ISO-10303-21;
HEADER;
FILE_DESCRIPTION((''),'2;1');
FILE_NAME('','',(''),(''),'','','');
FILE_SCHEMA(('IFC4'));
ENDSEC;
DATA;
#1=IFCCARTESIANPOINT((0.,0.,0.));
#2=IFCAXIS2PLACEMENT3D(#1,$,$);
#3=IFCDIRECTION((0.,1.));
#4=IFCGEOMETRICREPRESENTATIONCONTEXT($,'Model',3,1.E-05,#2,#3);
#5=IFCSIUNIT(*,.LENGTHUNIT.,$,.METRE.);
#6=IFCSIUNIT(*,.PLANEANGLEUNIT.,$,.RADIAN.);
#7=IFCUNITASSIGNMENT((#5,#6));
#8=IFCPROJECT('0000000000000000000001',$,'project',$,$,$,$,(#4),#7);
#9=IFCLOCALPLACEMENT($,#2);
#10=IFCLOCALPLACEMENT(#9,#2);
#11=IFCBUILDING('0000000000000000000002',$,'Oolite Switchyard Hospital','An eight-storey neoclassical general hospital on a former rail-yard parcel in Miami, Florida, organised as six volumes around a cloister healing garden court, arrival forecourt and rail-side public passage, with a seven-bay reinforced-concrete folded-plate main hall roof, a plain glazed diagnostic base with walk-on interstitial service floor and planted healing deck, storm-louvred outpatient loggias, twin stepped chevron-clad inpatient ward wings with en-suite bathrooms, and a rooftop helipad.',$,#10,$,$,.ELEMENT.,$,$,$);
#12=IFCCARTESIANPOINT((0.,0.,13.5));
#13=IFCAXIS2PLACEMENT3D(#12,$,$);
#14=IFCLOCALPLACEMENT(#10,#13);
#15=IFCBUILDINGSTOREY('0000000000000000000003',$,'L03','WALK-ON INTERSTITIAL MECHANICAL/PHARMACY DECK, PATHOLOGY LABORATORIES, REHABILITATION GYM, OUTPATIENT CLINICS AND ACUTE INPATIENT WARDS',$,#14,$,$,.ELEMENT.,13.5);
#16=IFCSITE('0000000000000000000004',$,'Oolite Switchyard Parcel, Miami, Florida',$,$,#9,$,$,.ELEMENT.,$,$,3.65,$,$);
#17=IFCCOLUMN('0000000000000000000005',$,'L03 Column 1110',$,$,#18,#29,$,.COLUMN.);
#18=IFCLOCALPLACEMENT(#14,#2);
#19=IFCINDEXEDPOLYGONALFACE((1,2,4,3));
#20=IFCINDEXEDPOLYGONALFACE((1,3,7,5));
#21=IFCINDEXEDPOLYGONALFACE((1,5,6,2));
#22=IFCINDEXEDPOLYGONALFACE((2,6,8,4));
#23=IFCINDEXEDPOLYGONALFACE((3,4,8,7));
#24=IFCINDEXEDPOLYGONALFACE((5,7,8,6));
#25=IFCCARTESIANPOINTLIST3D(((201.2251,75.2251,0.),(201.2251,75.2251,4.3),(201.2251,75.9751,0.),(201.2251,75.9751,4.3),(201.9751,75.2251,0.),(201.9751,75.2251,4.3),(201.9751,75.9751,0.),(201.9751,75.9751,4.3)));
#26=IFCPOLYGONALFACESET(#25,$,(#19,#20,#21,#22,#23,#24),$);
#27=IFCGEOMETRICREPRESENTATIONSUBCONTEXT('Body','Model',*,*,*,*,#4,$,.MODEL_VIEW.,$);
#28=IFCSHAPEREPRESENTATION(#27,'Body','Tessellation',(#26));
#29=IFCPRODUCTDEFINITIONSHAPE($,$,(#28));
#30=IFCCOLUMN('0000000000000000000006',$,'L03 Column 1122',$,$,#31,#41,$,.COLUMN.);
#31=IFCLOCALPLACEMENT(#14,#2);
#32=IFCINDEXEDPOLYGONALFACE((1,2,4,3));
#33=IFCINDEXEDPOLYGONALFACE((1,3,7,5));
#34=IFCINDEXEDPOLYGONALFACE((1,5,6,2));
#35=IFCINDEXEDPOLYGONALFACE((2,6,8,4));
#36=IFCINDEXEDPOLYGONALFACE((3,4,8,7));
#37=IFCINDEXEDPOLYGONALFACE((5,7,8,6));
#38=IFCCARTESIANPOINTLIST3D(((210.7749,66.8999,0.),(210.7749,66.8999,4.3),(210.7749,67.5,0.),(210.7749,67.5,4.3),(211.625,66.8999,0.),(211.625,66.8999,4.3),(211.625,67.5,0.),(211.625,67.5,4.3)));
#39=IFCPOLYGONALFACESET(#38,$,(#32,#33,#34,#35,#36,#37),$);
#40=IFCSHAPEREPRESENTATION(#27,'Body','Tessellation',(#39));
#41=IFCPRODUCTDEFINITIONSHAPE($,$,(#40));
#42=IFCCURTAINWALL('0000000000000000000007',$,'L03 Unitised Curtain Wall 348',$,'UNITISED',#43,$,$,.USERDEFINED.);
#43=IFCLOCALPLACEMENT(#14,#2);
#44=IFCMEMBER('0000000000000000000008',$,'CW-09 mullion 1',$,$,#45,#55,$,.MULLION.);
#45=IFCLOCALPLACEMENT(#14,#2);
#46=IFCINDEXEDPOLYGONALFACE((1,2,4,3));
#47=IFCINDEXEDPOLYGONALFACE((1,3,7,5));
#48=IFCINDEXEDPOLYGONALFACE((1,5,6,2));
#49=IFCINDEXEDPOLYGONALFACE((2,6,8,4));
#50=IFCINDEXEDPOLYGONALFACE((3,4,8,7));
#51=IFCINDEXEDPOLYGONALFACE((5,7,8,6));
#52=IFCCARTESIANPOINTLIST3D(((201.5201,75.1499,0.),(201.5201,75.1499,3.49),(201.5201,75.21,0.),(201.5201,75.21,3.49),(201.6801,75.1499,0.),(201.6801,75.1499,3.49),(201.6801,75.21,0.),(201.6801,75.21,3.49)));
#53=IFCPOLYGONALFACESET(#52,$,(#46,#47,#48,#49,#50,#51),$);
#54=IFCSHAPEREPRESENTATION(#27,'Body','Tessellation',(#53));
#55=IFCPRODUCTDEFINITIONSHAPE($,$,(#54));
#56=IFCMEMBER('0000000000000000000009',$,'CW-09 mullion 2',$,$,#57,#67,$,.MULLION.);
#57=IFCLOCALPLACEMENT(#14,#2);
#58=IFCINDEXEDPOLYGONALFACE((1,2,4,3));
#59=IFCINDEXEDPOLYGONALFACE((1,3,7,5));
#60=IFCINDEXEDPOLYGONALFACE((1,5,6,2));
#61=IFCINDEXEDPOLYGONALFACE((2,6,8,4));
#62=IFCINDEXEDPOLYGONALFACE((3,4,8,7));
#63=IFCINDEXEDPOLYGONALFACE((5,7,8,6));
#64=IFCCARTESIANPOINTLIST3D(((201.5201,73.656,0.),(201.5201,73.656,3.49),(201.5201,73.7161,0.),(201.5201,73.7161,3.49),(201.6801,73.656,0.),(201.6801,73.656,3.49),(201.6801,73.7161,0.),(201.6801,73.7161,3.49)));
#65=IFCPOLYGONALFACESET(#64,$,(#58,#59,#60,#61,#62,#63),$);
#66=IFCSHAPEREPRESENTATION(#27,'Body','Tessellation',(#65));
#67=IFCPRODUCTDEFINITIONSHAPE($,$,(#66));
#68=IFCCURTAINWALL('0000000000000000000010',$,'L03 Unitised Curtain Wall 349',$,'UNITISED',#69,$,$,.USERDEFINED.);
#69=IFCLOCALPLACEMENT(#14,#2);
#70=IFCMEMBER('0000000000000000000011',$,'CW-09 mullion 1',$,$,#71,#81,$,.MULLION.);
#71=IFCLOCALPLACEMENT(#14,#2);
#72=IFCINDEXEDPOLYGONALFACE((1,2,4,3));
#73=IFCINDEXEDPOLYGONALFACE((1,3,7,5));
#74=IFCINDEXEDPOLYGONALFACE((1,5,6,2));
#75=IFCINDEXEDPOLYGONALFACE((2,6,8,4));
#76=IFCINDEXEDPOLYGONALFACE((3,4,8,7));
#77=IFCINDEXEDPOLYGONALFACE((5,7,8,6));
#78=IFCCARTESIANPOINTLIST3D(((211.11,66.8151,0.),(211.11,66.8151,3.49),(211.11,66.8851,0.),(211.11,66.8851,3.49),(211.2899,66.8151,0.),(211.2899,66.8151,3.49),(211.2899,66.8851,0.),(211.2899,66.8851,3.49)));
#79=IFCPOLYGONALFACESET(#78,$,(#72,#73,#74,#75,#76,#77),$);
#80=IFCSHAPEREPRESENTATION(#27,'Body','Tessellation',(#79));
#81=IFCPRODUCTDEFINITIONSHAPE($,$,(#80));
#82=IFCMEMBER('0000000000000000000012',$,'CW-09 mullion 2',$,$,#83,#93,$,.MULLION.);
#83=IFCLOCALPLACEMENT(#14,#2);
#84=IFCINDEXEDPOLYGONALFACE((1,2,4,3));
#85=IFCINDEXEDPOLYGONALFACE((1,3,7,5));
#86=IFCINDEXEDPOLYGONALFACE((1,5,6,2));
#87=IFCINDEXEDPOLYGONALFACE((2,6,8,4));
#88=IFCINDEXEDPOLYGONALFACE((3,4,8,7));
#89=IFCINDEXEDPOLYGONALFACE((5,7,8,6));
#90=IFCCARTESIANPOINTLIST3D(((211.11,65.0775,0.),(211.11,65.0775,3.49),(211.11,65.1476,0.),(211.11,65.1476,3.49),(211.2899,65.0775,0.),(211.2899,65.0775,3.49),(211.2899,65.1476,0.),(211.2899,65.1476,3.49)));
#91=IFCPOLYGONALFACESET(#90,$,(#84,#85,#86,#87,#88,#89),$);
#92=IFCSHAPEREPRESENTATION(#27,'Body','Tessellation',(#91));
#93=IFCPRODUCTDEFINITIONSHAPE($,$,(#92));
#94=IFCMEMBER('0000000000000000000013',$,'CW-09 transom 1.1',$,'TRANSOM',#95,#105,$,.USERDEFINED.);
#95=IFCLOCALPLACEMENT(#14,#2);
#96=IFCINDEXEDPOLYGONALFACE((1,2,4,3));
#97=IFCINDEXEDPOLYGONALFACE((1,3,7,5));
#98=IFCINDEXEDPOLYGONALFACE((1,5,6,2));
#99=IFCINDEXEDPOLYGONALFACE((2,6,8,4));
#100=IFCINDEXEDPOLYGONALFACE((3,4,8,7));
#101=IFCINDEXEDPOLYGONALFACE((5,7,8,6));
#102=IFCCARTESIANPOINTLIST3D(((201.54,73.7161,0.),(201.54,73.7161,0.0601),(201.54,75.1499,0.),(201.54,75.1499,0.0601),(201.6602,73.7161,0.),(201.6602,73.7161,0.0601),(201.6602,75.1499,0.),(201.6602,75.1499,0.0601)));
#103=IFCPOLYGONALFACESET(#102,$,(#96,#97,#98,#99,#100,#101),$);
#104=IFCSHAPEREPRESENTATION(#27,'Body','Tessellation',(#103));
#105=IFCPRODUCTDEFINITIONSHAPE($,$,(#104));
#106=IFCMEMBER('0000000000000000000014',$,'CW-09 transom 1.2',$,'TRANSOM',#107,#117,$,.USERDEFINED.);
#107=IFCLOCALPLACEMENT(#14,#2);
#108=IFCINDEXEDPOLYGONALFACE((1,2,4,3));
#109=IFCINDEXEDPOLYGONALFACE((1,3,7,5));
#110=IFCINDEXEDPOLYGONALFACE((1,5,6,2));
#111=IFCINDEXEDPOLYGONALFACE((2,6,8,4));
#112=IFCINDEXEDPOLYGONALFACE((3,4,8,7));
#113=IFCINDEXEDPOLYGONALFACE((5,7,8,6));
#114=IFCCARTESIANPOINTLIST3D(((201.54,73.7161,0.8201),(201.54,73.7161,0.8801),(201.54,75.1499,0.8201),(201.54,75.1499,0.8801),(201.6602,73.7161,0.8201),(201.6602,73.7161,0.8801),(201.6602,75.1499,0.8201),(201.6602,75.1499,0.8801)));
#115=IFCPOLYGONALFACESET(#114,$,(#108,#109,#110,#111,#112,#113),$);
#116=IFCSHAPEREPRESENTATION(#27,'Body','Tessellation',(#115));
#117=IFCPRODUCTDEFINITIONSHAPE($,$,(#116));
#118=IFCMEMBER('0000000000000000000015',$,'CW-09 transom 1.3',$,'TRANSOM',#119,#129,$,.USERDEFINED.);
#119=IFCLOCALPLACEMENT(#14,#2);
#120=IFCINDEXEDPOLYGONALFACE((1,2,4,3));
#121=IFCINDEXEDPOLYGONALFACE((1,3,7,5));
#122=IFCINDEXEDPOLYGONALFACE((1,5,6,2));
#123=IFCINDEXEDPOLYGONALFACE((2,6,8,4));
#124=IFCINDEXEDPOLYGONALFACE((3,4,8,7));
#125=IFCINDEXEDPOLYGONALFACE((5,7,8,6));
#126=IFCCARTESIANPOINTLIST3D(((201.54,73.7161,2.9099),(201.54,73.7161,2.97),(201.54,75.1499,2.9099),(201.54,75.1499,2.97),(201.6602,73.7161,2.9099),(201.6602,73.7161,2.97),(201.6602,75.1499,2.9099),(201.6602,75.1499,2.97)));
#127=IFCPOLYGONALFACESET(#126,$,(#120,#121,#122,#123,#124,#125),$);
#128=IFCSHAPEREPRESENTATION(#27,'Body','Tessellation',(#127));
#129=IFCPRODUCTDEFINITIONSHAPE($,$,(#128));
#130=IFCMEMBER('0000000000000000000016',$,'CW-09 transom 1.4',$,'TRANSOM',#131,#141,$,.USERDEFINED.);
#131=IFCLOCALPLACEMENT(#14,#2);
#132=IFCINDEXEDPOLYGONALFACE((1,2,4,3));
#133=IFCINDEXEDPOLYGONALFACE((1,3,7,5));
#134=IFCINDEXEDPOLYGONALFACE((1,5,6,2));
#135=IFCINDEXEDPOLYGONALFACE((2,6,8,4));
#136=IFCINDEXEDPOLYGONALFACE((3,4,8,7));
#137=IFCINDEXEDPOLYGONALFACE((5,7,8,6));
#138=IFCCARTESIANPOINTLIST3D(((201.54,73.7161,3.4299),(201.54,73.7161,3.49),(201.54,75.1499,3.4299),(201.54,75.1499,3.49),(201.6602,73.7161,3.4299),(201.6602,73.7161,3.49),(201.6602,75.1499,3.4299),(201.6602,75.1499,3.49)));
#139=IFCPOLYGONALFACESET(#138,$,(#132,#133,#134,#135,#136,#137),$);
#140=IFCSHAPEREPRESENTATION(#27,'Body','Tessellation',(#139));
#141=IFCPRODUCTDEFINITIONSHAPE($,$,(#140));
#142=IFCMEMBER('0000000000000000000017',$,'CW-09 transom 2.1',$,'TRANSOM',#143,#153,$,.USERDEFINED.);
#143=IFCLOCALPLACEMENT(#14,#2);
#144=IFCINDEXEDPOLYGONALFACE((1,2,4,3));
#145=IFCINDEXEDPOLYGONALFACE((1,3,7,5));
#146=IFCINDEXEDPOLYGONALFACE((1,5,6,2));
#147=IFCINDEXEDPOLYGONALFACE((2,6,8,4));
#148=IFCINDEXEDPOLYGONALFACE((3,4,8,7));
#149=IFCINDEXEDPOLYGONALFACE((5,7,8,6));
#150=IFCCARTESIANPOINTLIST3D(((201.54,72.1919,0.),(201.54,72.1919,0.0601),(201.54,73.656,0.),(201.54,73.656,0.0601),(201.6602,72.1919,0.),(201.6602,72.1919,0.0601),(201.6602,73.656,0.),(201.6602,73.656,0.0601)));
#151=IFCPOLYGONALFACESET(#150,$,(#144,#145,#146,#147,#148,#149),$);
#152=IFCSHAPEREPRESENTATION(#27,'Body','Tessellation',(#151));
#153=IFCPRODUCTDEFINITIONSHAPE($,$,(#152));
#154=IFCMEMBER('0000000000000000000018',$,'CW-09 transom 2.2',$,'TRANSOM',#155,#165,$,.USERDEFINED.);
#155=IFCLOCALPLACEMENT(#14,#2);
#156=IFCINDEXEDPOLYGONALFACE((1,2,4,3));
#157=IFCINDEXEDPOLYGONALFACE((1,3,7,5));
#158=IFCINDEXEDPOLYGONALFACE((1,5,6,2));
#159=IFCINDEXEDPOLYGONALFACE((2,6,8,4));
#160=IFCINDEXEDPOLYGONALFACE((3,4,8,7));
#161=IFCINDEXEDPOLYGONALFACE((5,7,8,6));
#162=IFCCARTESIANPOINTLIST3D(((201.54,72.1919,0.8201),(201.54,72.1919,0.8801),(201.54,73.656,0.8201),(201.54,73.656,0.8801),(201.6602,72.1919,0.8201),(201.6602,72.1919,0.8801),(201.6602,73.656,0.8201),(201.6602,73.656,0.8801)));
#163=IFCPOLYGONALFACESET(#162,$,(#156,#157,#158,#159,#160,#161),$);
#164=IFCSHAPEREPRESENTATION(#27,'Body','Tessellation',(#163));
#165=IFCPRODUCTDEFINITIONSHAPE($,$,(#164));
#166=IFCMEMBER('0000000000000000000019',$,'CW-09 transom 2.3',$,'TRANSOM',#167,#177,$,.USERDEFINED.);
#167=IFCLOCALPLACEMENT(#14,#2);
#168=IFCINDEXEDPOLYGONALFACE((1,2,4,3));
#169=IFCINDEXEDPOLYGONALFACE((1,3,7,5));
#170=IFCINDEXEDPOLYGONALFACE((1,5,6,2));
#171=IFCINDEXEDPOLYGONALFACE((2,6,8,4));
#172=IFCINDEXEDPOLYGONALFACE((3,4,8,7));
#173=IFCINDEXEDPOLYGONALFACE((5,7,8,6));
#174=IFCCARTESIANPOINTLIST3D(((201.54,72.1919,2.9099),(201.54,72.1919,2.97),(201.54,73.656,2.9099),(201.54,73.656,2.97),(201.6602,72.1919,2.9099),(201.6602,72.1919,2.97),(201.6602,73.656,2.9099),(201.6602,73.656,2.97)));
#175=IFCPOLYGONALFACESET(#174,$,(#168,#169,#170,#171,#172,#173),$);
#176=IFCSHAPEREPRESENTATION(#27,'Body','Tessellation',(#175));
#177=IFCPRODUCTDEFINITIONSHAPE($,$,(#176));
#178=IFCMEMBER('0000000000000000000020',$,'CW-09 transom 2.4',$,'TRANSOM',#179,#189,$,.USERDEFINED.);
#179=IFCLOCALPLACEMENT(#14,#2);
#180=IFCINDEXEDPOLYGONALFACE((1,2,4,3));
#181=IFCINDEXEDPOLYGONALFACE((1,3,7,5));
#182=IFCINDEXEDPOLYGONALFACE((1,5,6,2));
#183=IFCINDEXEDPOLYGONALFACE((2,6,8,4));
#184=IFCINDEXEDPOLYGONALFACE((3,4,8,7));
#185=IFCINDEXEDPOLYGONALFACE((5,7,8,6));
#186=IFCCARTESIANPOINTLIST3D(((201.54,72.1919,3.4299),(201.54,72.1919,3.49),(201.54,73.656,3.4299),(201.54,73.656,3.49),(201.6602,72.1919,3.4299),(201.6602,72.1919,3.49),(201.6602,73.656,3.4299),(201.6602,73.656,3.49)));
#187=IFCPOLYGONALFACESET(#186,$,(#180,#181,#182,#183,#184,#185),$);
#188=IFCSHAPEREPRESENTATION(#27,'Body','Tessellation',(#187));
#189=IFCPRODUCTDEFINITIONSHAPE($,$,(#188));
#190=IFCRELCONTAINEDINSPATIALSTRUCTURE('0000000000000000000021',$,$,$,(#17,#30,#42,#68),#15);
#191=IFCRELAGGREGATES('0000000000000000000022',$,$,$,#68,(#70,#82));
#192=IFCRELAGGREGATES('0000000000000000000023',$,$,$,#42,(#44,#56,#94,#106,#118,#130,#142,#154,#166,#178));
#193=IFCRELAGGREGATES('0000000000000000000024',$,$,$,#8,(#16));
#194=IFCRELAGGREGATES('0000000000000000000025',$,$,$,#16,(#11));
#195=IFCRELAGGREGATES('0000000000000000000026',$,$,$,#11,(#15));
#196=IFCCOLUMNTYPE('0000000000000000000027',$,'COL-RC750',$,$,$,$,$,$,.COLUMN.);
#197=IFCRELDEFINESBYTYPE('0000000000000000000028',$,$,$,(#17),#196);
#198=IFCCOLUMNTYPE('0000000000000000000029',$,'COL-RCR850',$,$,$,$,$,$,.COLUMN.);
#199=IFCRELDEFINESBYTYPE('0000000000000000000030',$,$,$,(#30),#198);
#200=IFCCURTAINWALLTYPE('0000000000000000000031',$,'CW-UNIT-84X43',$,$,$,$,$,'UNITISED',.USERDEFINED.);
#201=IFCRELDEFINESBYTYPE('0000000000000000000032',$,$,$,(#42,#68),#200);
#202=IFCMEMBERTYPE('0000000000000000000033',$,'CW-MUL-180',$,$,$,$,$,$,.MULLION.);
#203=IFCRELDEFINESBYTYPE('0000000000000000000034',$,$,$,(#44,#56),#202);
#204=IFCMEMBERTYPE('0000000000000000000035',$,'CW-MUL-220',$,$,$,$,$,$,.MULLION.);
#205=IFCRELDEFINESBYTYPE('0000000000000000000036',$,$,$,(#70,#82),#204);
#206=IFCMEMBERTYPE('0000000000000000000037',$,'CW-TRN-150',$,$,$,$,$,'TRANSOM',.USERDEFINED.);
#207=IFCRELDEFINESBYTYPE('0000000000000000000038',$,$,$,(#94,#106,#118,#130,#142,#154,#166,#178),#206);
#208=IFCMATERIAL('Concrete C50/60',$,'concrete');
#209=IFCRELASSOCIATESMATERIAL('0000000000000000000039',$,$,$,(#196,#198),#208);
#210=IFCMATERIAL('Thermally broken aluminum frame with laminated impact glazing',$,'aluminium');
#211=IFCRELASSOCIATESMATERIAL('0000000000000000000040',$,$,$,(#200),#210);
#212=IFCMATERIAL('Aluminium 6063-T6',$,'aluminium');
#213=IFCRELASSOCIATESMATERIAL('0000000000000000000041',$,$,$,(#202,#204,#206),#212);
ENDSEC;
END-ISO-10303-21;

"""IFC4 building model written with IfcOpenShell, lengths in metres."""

from ifc_helpers import new_model, si_unit, direction, frame, origin, origin_2d, place, context, subcontext, project, spatial, rectangle, extrude, material, material_profile, profile_set, type_object, element, aggregate, save


model = new_model("IFC4")

# Units and contexts
model_context = context("Model", 3, precision=1e-05, world=origin(), true_north=direction((0.0, 1.0)))
body_context = subcontext(model_context, "Body", "Model", "MODEL_VIEW")
ifc_project = project(units=[si_unit("LENGTHUNIT", "METRE"), si_unit("PLANEANGLEUNIT", "RADIAN")], contexts=[model_context])

# Site, building, storey
site_placement = place(None, origin())
site = spatial("IfcSite", under=ifc_project, at=site_placement, Name="Oolite Switchyard Parcel, Miami, Florida", CompositionType="ELEMENT", RefElevation=3.65)
building_placement = place(site_placement, origin())
building = spatial("IfcBuilding", under=site, at=building_placement, Name="Oolite Switchyard Hospital", Description="An eight-storey neoclassical general hospital on a former rail-yard parcel in Miami, Florida, organised as six volumes around a cloister healing garden court, arrival forecourt and rail-side public passage, with a seven-bay reinforced-concrete folded-plate main hall roof, a plain glazed diagnostic base with walk-on interstitial service floor and planted healing deck, storm-louvred outpatient loggias, twin stepped chevron-clad inpatient ward wings with en-suite bathrooms, and a rooftop helipad.", CompositionType="ELEMENT")
storey_placement = place(building_placement, frame((0.0, 0.0, 13.5)))
storey = spatial("IfcBuildingStorey", under=building, at=storey_placement, Name="L03", Description="WALK-ON INTERSTITIAL MECHANICAL/PHARMACY DECK, PATHOLOGY LABORATORIES, REHABILITATION GYM, OUTPATIENT CLINICS AND ACUTE INPATIENT WARDS", CompositionType="ELEMENT", Elevation=13.5)

# Columns
ifc_material_1 = material(Name="Concrete C50/60", Category="concrete")
ifc_material_profile_1 = material_profile(ifc_material_1, rectangle(XDim=0.75, YDim=0.75, at=origin_2d()), Name="RC750X750")
ifc_profile_set_1 = profile_set([ifc_material_profile_1], Name="Concrete C50/60")
column_type_1 = type_object("IfcColumnType", Name="COL-RC750", PredefinedType="COLUMN", material=ifc_profile_set_1)
column_1_placement = place(storey_placement, frame((201.6001, 75.6001, 0.0), z_axis=(0.0, 0.0, 1.0), x_axis=(1.0, 0.0, 0.0)))
element("IfcColumn", 1, at=column_1_placement, inside=storey, type_object=column_type_1, Name="L03 Column 1110", PredefinedType="COLUMN", context=body_context, shape_type="SweptSolid", body=[
    extrude(rectangle(XDim=0.75, YDim=0.75, at=origin_2d()), origin(), (0.0, 0.0, 1.0), 4.3),
])
ifc_material_profile_2 = material_profile(ifc_material_1, rectangle(XDim=0.8501, YDim=0.6001, at=origin_2d()), Name="RC850X600")
ifc_profile_set_2 = profile_set([ifc_material_profile_2], Name="Concrete C50/60")
column_type_2 = type_object("IfcColumnType", Name="COL-RCR850", PredefinedType="COLUMN", material=ifc_profile_set_2)
column_2_placement = place(storey_placement, frame((211.2, 67.2, 0.0), z_axis=(0.0, 0.0, 1.0), x_axis=(1.0, 0.0, 0.0)))
element("IfcColumn", 2, at=column_2_placement, inside=storey, type_object=column_type_2, Name="L03 Column 1122", PredefinedType="COLUMN", context=body_context, shape_type="SweptSolid", body=[
    extrude(rectangle(XDim=0.8501, YDim=0.6001, at=origin_2d()), origin(), (0.0, 0.0, 1.0), 4.3),
])

# Curtain walls, members
ifc_material_2 = material(Name="Thermally broken aluminum frame with laminated impact glazing", Category="aluminium")
curtain_wall_type = type_object("IfcCurtainWallType", Name="CW-UNIT-84X43", ElementType="UNITISED", PredefinedType="USERDEFINED", material=ifc_material_2)
curtain_wall_1_placement = place(storey_placement, origin())
curtain_wall_1 = element("IfcCurtainWall", 3, at=curtain_wall_1_placement, inside=storey, type_object=curtain_wall_type, Name="L03 Unitised Curtain Wall 348", ObjectType="UNITISED", PredefinedType="USERDEFINED")
ifc_material_3 = material(Name="Aluminium 6063-T6", Category="aluminium")
ifc_material_profile_3 = material_profile(ifc_material_3, rectangle(XDim=0.1599, YDim=0.0601, at=origin_2d()), Name="CWM60X160")
ifc_profile_set_3 = profile_set([ifc_material_profile_3], Name="Aluminium 6063-T6")
member_type_1 = type_object("IfcMemberType", Name="CW-MUL-180", PredefinedType="MULLION", material=ifc_profile_set_3)
member_1_placement = place(storey_placement, frame((201.6001, 75.1799, 0.0), z_axis=(0.0, 0.0, 1.0), x_axis=(1.0, 0.0, 0.0)))
member_1 = element("IfcMember", 4, at=member_1_placement, type_object=member_type_1, Name="CW-09 mullion 1", PredefinedType="MULLION", context=body_context, shape_type="SweptSolid", body=[
    extrude(rectangle(XDim=0.1599, YDim=0.0601, at=origin_2d()), origin(), (0.0, 0.0, 1.0), 3.49),
])
member_2_placement = place(storey_placement, frame((201.6001, 73.686, 0.0), z_axis=(0.0, 0.0, 1.0), x_axis=(1.0, 0.0, 0.0)))
member_2 = element("IfcMember", 5, at=member_2_placement, type_object=member_type_1, Name="CW-09 mullion 2", PredefinedType="MULLION", context=body_context, shape_type="SweptSolid", body=[
    extrude(rectangle(XDim=0.1599, YDim=0.0601, at=origin_2d()), origin(), (0.0, 0.0, 1.0), 3.49),
])
curtain_wall_2_placement = place(storey_placement, origin())
curtain_wall_2 = element("IfcCurtainWall", 6, at=curtain_wall_2_placement, inside=storey, type_object=curtain_wall_type, Name="L03 Unitised Curtain Wall 349", ObjectType="UNITISED", PredefinedType="USERDEFINED")
ifc_material_profile_4 = material_profile(ifc_material_3, rectangle(XDim=0.1799, YDim=0.0701, at=origin_2d()), Name="CWM70X180")
ifc_profile_set_4 = profile_set([ifc_material_profile_4], Name="Aluminium 6063-T6")
member_type_2 = type_object("IfcMemberType", Name="CW-MUL-220", PredefinedType="MULLION", material=ifc_profile_set_4)
member_3_placement = place(storey_placement, frame((211.2, 66.8501, 0.0), z_axis=(0.0, 0.0, 1.0), x_axis=(1.0, 0.0, 0.0)))
member_3 = element("IfcMember", 7, at=member_3_placement, type_object=member_type_2, Name="CW-09 mullion 1", PredefinedType="MULLION", context=body_context, shape_type="SweptSolid", body=[
    extrude(rectangle(XDim=0.1799, YDim=0.0701, at=origin_2d()), origin(), (0.0, 0.0, 1.0), 3.49),
])
member_4_placement = place(storey_placement, frame((211.2, 65.1125, 0.0), z_axis=(0.0, 0.0, 1.0), x_axis=(1.0, 0.0, 0.0)))
member_4 = element("IfcMember", 8, at=member_4_placement, type_object=member_type_2, Name="CW-09 mullion 2", PredefinedType="MULLION", context=body_context, shape_type="SweptSolid", body=[
    extrude(rectangle(XDim=0.1799, YDim=0.0701, at=origin_2d()), origin(), (0.0, 0.0, 1.0), 3.49),
])

# Members
ifc_material_profile_5 = material_profile(ifc_material_3, rectangle(XDim=0.1201, YDim=0.0601, at=origin_2d()), Name="CWT60X120")
ifc_profile_set_5 = profile_set([ifc_material_profile_5], Name="Aluminium 6063-T6")
member_type_3 = type_object("IfcMemberType", Name="CW-TRN-150", ElementType="TRANSOM", PredefinedType="USERDEFINED", material=ifc_profile_set_5)
member_5_placement = place(storey_placement, frame((201.6001, 75.1499, 0.03), z_axis=(0.0, -1.0, 0.0), x_axis=(1.0, 0.0, 0.0)))
member_5 = element("IfcMember", 9, at=member_5_placement, type_object=member_type_3, Name="CW-09 transom 1.1", ObjectType="TRANSOM", PredefinedType="USERDEFINED", context=body_context, shape_type="SweptSolid", body=[
    extrude(rectangle(XDim=0.1201, YDim=0.0601, at=origin_2d()), origin(), (0.0, 0.0, 1.0), 1.4338),
])
member_6_placement = place(storey_placement, frame((201.6001, 75.1499, 0.8501), z_axis=(0.0, -1.0, 0.0), x_axis=(1.0, 0.0, 0.0)))
member_6 = element("IfcMember", 10, at=member_6_placement, type_object=member_type_3, Name="CW-09 transom 1.2", ObjectType="TRANSOM", PredefinedType="USERDEFINED", context=body_context, shape_type="SweptSolid", body=[
    extrude(rectangle(XDim=0.1201, YDim=0.0601, at=origin_2d()), origin(), (0.0, 0.0, 1.0), 1.4338),
])
member_7_placement = place(storey_placement, frame((201.6001, 75.1499, 2.9399), z_axis=(0.0, -1.0, 0.0), x_axis=(1.0, 0.0, 0.0)))
member_7 = element("IfcMember", 11, at=member_7_placement, type_object=member_type_3, Name="CW-09 transom 1.3", ObjectType="TRANSOM", PredefinedType="USERDEFINED", context=body_context, shape_type="SweptSolid", body=[
    extrude(rectangle(XDim=0.1201, YDim=0.0601, at=origin_2d()), origin(), (0.0, 0.0, 1.0), 1.4338),
])
member_8_placement = place(storey_placement, frame((201.6001, 75.1499, 3.46), z_axis=(0.0, -1.0, 0.0), x_axis=(1.0, 0.0, 0.0)))
member_8 = element("IfcMember", 12, at=member_8_placement, type_object=member_type_3, Name="CW-09 transom 1.4", ObjectType="TRANSOM", PredefinedType="USERDEFINED", context=body_context, shape_type="SweptSolid", body=[
    extrude(rectangle(XDim=0.1201, YDim=0.0601, at=origin_2d()), origin(), (0.0, 0.0, 1.0), 1.4338),
])
member_9_placement = place(storey_placement, frame((201.6001, 73.656, 0.03), z_axis=(0.0, -1.0, 0.0), x_axis=(1.0, 0.0, 0.0)))
member_9 = element("IfcMember", 13, at=member_9_placement, type_object=member_type_3, Name="CW-09 transom 2.1", ObjectType="TRANSOM", PredefinedType="USERDEFINED", context=body_context, shape_type="SweptSolid", body=[
    extrude(rectangle(XDim=0.1201, YDim=0.0601, at=origin_2d()), origin(), (0.0, 0.0, 1.0), 1.4641),
])
member_10_placement = place(storey_placement, frame((201.6001, 73.656, 0.8501), z_axis=(0.0, -1.0, 0.0), x_axis=(1.0, 0.0, 0.0)))
member_10 = element("IfcMember", 14, at=member_10_placement, type_object=member_type_3, Name="CW-09 transom 2.2", ObjectType="TRANSOM", PredefinedType="USERDEFINED", context=body_context, shape_type="SweptSolid", body=[
    extrude(rectangle(XDim=0.1201, YDim=0.0601, at=origin_2d()), origin(), (0.0, 0.0, 1.0), 1.4641),
])
member_11_placement = place(storey_placement, frame((201.6001, 73.656, 2.9399), z_axis=(0.0, -1.0, 0.0), x_axis=(1.0, 0.0, 0.0)))
member_11 = element("IfcMember", 15, at=member_11_placement, type_object=member_type_3, Name="CW-09 transom 2.3", ObjectType="TRANSOM", PredefinedType="USERDEFINED", context=body_context, shape_type="SweptSolid", body=[
    extrude(rectangle(XDim=0.1201, YDim=0.0601, at=origin_2d()), origin(), (0.0, 0.0, 1.0), 1.4641),
])
member_12_placement = place(storey_placement, frame((201.6001, 73.656, 3.46), z_axis=(0.0, -1.0, 0.0), x_axis=(1.0, 0.0, 0.0)))
member_12 = element("IfcMember", 16, at=member_12_placement, type_object=member_type_3, Name="CW-09 transom 2.4", ObjectType="TRANSOM", PredefinedType="USERDEFINED", context=body_context, shape_type="SweptSolid", body=[
    extrude(rectangle(XDim=0.1201, YDim=0.0601, at=origin_2d()), origin(), (0.0, 0.0, 1.0), 1.4641),
])

aggregate(curtain_wall_2, [member_3, member_4])
aggregate(curtain_wall_1, [member_1, member_2, member_5, member_6, member_7, member_8, member_9, member_10, member_11, member_12])

save(model, "model.ifc")
